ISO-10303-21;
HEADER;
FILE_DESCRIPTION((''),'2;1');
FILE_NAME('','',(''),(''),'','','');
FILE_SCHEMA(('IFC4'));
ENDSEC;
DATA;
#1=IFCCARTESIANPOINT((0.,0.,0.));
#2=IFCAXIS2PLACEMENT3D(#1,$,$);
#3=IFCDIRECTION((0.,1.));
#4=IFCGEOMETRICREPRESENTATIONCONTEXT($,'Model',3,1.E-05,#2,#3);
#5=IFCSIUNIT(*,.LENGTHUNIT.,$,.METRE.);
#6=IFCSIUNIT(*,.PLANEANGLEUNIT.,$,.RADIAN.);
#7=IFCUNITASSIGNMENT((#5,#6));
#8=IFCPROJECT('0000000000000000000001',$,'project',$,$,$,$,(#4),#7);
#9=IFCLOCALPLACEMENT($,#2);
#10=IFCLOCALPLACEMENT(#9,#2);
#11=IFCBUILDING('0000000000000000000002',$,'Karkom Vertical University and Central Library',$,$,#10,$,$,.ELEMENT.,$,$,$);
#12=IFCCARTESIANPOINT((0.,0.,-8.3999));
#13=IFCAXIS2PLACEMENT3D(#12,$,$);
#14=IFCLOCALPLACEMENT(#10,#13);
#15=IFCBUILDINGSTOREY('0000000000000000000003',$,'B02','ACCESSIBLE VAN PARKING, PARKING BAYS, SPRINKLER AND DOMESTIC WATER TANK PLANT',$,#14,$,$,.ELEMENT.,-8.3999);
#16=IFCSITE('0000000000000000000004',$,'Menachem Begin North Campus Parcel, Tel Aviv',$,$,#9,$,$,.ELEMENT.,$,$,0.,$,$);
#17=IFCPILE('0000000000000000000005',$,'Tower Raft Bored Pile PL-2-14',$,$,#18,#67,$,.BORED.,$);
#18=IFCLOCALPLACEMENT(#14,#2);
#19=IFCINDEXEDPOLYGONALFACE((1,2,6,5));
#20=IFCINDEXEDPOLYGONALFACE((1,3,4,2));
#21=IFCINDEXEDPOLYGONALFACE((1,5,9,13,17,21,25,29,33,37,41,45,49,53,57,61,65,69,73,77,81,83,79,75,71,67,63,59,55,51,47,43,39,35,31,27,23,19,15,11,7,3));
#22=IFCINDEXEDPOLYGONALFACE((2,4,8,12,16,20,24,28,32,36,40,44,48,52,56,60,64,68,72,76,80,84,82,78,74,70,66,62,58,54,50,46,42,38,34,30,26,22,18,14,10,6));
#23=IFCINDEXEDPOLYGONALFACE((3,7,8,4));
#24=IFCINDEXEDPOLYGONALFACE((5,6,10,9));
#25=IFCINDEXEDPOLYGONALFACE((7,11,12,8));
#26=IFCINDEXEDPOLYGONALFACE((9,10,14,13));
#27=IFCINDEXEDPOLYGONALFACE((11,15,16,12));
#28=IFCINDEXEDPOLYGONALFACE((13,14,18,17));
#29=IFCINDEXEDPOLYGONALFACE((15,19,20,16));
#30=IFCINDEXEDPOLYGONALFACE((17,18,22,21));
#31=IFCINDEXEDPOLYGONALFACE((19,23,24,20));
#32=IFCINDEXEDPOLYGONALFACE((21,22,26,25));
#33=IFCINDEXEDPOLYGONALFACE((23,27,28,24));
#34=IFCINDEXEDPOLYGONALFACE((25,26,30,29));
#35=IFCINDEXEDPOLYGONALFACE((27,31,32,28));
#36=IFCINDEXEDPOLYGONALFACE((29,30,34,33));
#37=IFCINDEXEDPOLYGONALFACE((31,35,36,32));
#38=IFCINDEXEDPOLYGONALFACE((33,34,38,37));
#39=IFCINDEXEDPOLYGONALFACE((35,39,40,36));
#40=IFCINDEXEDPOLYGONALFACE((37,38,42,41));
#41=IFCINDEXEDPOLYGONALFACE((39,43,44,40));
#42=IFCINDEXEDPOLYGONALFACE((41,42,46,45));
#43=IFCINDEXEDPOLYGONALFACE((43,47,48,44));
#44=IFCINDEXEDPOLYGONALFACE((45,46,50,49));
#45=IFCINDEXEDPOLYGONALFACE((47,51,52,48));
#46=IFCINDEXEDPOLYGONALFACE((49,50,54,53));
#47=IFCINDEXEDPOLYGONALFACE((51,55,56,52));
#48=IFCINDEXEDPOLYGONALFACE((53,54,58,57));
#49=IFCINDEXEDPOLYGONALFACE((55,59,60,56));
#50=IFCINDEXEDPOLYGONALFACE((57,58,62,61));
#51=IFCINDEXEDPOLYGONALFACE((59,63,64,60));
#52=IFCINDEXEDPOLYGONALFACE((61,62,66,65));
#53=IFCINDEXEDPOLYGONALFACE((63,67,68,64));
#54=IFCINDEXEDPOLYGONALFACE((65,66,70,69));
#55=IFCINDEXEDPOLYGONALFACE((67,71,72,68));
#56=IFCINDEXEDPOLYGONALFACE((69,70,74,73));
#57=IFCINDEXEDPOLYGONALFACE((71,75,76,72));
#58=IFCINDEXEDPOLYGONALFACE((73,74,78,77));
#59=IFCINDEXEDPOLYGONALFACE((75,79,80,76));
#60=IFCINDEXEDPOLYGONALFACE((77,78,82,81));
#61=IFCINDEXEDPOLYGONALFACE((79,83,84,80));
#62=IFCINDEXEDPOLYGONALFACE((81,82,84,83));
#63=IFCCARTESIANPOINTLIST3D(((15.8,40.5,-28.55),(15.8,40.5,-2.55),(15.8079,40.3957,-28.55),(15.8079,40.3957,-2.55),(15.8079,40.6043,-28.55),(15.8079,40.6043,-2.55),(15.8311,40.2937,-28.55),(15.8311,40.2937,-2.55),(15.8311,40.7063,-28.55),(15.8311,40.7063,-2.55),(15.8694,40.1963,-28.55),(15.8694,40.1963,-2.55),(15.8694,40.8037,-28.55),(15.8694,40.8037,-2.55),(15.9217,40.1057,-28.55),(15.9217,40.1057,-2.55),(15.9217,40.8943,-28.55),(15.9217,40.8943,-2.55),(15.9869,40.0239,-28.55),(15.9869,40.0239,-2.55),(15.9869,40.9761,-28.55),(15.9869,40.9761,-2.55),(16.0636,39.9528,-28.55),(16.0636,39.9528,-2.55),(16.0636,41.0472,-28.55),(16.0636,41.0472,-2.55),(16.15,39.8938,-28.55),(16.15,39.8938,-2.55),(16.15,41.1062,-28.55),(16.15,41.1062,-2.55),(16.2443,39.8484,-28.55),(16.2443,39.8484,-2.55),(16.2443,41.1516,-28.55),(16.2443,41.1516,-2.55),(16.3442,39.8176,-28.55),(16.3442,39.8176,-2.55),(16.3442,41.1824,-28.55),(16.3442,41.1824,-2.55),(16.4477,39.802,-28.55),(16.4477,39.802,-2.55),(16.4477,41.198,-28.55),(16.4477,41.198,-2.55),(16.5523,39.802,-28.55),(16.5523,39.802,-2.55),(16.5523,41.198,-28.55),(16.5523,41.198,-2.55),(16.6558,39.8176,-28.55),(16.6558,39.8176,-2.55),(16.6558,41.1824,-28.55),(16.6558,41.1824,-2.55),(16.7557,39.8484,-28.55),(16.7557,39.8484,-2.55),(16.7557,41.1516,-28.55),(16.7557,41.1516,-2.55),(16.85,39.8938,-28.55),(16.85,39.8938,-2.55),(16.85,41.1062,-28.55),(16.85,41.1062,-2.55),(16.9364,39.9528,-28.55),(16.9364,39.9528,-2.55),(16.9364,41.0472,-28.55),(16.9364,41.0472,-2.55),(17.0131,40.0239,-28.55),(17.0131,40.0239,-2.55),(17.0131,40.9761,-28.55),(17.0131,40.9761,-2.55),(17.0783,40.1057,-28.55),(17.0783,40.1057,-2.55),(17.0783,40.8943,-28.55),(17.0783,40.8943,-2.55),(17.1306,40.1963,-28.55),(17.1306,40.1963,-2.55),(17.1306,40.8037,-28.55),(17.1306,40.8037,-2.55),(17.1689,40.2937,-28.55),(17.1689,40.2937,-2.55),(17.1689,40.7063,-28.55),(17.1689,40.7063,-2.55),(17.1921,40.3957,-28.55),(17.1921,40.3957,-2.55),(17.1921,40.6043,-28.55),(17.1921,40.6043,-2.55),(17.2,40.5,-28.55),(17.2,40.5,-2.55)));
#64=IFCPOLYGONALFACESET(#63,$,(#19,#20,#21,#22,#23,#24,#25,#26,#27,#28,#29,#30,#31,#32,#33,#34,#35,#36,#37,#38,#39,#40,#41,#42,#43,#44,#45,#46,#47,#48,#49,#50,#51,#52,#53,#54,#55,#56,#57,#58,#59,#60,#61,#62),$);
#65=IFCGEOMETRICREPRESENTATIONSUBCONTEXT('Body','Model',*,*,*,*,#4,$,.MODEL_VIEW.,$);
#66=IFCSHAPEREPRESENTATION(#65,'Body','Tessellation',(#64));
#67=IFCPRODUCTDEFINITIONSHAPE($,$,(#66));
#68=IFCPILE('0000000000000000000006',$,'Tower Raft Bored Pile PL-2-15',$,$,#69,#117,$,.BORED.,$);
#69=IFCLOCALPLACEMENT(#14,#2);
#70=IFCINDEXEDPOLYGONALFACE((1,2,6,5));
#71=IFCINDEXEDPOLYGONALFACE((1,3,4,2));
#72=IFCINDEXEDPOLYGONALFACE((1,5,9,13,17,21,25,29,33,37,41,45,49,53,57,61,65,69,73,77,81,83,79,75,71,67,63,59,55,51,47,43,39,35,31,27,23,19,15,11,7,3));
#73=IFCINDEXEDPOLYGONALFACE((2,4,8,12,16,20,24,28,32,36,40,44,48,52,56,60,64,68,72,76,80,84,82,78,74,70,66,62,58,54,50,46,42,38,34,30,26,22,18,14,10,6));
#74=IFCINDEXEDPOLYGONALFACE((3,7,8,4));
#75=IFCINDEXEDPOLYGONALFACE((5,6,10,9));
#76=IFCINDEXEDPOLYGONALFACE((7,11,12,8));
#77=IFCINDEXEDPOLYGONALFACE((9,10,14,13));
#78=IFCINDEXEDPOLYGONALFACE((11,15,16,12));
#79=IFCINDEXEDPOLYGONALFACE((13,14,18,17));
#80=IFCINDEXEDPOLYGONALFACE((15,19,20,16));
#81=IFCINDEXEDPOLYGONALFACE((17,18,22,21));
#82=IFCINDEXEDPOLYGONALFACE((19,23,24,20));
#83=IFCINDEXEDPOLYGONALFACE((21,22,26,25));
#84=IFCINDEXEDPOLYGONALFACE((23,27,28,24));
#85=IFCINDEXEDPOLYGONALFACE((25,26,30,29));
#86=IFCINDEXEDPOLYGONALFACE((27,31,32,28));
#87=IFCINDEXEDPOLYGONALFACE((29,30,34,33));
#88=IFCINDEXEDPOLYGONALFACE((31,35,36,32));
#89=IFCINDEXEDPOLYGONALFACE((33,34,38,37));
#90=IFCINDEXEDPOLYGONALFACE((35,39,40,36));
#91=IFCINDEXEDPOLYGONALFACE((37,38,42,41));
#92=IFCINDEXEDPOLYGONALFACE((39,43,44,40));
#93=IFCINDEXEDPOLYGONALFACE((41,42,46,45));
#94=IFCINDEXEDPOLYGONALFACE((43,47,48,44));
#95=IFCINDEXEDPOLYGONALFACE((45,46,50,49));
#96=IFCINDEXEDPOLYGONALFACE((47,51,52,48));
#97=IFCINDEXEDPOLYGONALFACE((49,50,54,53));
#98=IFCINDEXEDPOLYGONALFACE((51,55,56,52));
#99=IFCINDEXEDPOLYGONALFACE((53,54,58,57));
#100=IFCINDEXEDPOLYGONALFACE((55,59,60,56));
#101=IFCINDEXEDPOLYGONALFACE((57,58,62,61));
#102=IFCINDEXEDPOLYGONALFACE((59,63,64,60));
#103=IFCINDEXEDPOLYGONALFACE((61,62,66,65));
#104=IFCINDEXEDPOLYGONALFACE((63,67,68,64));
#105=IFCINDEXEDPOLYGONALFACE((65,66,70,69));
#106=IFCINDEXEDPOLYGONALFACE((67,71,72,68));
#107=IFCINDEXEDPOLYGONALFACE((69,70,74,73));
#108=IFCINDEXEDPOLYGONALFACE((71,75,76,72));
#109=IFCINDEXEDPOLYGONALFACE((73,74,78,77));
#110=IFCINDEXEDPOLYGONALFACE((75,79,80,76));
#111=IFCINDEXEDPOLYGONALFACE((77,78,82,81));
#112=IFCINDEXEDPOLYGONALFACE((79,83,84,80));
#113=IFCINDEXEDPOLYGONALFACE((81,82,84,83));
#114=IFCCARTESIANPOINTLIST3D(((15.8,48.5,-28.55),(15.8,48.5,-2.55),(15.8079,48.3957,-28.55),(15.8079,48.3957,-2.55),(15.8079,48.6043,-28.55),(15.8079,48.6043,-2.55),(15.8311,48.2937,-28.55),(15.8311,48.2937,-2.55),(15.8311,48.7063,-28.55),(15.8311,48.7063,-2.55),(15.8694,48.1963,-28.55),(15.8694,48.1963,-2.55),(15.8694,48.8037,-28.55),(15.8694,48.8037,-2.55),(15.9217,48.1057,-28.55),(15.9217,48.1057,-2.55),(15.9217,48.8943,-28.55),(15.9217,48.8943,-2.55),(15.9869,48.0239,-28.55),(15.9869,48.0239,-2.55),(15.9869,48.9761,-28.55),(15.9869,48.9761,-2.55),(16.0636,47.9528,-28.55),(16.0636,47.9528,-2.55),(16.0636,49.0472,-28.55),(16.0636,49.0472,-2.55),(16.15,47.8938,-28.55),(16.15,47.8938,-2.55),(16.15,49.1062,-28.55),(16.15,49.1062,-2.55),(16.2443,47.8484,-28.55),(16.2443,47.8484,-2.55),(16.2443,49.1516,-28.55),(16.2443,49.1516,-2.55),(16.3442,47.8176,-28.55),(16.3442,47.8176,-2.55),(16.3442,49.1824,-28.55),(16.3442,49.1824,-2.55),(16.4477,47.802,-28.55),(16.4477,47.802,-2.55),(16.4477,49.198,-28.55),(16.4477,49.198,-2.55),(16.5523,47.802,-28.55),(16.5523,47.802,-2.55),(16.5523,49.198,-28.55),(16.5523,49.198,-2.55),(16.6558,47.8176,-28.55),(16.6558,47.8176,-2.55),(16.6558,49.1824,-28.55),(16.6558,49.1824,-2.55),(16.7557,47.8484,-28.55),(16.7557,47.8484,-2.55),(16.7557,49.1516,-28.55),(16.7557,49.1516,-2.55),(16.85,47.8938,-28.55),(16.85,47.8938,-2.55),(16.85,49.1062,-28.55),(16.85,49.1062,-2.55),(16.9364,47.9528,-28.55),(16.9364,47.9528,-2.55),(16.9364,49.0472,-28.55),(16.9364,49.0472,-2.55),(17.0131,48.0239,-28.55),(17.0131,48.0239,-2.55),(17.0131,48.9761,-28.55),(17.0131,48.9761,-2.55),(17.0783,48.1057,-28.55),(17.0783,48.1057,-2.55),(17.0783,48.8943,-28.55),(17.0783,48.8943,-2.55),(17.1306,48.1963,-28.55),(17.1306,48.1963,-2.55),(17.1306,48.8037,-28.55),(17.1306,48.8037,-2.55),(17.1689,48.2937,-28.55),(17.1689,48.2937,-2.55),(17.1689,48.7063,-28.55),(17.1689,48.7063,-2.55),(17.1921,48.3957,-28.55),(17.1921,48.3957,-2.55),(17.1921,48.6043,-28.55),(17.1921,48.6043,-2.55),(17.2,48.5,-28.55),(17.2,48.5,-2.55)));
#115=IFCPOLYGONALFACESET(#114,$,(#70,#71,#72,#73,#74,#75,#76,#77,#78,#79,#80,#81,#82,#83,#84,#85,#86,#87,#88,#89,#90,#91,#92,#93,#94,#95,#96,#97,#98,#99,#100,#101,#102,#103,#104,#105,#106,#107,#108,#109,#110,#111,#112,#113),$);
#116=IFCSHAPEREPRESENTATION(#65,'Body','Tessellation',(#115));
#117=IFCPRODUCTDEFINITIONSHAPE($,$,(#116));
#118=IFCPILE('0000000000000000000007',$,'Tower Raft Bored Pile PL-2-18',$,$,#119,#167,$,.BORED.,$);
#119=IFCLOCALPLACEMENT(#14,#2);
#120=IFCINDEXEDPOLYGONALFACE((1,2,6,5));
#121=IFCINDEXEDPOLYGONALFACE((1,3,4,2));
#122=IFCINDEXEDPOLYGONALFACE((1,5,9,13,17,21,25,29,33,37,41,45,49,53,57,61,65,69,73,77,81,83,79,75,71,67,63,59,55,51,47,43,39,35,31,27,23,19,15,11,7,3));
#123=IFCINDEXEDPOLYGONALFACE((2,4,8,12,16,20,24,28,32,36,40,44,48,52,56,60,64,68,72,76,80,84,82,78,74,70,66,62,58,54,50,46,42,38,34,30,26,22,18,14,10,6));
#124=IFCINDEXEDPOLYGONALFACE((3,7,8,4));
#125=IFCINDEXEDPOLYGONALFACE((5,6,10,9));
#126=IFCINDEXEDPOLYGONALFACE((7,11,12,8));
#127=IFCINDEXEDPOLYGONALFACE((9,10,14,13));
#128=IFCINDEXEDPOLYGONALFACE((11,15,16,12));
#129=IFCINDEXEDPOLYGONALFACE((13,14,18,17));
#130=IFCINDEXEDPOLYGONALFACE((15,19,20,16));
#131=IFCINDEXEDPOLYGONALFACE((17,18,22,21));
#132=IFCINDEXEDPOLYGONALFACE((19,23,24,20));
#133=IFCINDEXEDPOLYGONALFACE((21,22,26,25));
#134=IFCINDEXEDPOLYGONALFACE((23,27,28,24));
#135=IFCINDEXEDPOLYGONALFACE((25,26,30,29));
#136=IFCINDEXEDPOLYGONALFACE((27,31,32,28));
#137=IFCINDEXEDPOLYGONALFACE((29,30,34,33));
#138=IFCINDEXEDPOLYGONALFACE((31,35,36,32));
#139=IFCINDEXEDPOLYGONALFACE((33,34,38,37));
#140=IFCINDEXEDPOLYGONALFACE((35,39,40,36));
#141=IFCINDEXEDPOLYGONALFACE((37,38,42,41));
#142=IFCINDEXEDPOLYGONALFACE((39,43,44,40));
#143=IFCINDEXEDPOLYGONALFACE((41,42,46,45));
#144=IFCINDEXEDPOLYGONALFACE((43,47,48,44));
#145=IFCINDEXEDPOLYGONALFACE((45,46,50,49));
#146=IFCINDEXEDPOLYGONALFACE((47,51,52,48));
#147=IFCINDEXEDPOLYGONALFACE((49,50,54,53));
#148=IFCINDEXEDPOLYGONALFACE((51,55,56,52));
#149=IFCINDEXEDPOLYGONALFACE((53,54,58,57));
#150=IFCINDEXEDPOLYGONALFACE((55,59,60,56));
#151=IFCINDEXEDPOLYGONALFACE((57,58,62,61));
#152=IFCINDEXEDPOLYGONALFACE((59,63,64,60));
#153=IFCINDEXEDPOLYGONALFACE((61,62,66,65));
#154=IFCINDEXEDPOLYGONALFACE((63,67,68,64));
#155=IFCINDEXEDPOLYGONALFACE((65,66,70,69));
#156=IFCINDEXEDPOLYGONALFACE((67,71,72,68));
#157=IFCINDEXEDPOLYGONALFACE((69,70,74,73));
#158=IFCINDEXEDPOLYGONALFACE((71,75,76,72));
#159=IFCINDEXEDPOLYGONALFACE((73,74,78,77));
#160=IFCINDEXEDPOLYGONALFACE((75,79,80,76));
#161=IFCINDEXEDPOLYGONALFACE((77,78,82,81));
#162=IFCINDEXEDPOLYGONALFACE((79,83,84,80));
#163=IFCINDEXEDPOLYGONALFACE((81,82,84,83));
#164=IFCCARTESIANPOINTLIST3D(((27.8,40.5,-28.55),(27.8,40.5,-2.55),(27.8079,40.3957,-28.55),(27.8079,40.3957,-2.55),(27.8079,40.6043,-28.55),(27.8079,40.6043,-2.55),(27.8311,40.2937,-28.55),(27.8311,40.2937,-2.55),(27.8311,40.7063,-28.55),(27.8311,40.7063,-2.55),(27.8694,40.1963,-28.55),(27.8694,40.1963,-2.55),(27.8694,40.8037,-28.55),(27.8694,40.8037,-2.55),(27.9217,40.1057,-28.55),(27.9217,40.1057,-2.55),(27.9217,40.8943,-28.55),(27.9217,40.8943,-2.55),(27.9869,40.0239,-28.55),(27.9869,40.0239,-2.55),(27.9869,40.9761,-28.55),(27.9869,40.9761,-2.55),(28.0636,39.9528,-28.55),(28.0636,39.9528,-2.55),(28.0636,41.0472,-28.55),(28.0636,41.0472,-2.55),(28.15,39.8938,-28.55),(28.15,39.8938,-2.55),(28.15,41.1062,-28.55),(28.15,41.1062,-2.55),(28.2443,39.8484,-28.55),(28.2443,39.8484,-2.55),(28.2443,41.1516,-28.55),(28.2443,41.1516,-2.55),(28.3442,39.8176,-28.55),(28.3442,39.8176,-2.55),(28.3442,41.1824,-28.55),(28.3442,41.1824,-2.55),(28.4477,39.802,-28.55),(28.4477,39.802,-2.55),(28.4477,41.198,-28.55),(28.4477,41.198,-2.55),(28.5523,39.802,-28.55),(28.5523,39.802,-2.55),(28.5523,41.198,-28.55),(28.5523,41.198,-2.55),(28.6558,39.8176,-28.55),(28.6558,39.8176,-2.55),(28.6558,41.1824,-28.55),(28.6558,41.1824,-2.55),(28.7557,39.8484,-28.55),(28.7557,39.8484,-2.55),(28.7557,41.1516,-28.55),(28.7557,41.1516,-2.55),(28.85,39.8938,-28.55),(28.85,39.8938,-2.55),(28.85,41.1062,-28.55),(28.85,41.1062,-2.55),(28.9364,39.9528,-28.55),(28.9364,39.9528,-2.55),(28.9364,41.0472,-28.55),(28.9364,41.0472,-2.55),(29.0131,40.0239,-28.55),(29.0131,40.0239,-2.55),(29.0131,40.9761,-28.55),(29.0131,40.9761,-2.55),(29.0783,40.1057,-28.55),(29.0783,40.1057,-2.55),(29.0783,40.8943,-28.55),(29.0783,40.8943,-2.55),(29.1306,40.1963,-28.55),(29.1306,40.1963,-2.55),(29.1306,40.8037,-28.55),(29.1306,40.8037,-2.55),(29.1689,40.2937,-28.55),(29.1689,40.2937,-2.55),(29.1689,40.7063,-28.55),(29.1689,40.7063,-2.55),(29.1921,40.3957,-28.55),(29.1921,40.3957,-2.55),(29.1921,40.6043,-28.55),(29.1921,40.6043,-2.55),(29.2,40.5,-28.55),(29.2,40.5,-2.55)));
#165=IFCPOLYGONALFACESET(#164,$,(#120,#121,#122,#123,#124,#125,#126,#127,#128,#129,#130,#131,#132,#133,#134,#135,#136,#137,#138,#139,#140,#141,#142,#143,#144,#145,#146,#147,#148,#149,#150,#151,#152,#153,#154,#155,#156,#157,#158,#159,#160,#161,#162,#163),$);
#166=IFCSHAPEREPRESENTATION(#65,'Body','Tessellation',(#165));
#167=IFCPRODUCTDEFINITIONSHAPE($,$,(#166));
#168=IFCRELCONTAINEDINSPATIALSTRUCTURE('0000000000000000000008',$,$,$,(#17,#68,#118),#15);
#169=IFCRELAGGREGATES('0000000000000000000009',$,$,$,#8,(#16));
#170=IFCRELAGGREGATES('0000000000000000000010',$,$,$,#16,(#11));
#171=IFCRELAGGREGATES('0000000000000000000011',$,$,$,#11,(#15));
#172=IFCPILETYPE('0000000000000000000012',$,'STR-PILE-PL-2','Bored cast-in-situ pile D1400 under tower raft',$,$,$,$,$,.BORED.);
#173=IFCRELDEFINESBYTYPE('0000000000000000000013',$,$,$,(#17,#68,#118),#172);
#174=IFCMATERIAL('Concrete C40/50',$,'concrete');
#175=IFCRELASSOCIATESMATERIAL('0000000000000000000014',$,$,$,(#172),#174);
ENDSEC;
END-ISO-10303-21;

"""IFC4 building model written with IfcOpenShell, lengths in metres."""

from ifc_helpers import new_model, si_unit, direction, frame, origin, origin_with_axes, origin_2d, place, context, subcontext, project, spatial, circle, extrude, source, transform, mapped, material, material_profile, profile_set, type_object, element, save


model = new_model("IFC4")

# Units and contexts
model_context = context("Model", 3, precision=1e-05, world=origin(), true_north=direction((0.0, 1.0)))
body_context = subcontext(model_context, "Body", "Model", "MODEL_VIEW")
ifc_project = project(units=[si_unit("LENGTHUNIT", "METRE"), si_unit("PLANEANGLEUNIT", "RADIAN")], contexts=[model_context])

# Site, building, storey
site_placement = place(None, origin())
site = spatial("IfcSite", under=ifc_project, at=site_placement, Name="Menachem Begin North Campus Parcel, Tel Aviv", CompositionType="ELEMENT", RefElevation=0.0)
building_placement = place(site_placement, origin())
building = spatial("IfcBuilding", under=site, at=building_placement, Name="Karkom Vertical University and Central Library", CompositionType="ELEMENT")
storey_placement = place(building_placement, frame((0.0, 0.0, -8.3999)))
storey = spatial("IfcBuildingStorey", under=building, at=storey_placement, Name="B02", Description="ACCESSIBLE VAN PARKING, PARKING BAYS, SPRINKLER AND DOMESTIC WATER TANK PLANT", CompositionType="ELEMENT", Elevation=-8.3999)

# Piles
ifc_material_1 = material(Name="Concrete C40/50", Category="concrete")
ifc_material_profile_1 = material_profile(ifc_material_1, circle(Radius=0.7, at=origin_2d()), Name="PILE-D1400")
ifc_profile_set_1 = profile_set([ifc_material_profile_1], Name="Concrete C40/50")
pile_type_1 = type_object("IfcPileType", Name="STR-PILE-PL-2", Description="Bored cast-in-situ pile D1400 under tower raft", PredefinedType="BORED", material=ifc_profile_set_1)
shared_shape_1 = source(origin_with_axes(), body_context, "Body", "SweptSolid", [
    extrude(circle(Radius=0.7, at=origin_2d()), origin(), (0.0, 0.0, 1.0), 26.0),
])
for number, where, z_axis, x_axis, name in (
    (1, (16.5, 40.5, -2.55), (0.0, 0.0, -1.0), (1.0, 0.0, 0.0), "Tower Raft Bored Pile PL-2-14"),
    (2, (16.5, 48.5, -2.55), (0.0, 0.0, -1.0), (1.0, 0.0, 0.0), "Tower Raft Bored Pile PL-2-15"),
    (3, (28.5, 40.5, -2.55), (0.0, 0.0, -1.0), (1.0, 0.0, 0.0), "Tower Raft Bored Pile PL-2-18"),
):
    element("IfcPile", number, at=place(storey_placement, frame(where, z_axis=z_axis, x_axis=x_axis)), inside=storey, type_object=pile_type_1, Name=name, PredefinedType="BORED", context=body_context, shape_type="MappedRepresentation", body=[
        mapped(shared_shape_1, transform((0.0, 0.0, 0.0), scale=1.0)),
    ])

save(model, "model.ifc")
